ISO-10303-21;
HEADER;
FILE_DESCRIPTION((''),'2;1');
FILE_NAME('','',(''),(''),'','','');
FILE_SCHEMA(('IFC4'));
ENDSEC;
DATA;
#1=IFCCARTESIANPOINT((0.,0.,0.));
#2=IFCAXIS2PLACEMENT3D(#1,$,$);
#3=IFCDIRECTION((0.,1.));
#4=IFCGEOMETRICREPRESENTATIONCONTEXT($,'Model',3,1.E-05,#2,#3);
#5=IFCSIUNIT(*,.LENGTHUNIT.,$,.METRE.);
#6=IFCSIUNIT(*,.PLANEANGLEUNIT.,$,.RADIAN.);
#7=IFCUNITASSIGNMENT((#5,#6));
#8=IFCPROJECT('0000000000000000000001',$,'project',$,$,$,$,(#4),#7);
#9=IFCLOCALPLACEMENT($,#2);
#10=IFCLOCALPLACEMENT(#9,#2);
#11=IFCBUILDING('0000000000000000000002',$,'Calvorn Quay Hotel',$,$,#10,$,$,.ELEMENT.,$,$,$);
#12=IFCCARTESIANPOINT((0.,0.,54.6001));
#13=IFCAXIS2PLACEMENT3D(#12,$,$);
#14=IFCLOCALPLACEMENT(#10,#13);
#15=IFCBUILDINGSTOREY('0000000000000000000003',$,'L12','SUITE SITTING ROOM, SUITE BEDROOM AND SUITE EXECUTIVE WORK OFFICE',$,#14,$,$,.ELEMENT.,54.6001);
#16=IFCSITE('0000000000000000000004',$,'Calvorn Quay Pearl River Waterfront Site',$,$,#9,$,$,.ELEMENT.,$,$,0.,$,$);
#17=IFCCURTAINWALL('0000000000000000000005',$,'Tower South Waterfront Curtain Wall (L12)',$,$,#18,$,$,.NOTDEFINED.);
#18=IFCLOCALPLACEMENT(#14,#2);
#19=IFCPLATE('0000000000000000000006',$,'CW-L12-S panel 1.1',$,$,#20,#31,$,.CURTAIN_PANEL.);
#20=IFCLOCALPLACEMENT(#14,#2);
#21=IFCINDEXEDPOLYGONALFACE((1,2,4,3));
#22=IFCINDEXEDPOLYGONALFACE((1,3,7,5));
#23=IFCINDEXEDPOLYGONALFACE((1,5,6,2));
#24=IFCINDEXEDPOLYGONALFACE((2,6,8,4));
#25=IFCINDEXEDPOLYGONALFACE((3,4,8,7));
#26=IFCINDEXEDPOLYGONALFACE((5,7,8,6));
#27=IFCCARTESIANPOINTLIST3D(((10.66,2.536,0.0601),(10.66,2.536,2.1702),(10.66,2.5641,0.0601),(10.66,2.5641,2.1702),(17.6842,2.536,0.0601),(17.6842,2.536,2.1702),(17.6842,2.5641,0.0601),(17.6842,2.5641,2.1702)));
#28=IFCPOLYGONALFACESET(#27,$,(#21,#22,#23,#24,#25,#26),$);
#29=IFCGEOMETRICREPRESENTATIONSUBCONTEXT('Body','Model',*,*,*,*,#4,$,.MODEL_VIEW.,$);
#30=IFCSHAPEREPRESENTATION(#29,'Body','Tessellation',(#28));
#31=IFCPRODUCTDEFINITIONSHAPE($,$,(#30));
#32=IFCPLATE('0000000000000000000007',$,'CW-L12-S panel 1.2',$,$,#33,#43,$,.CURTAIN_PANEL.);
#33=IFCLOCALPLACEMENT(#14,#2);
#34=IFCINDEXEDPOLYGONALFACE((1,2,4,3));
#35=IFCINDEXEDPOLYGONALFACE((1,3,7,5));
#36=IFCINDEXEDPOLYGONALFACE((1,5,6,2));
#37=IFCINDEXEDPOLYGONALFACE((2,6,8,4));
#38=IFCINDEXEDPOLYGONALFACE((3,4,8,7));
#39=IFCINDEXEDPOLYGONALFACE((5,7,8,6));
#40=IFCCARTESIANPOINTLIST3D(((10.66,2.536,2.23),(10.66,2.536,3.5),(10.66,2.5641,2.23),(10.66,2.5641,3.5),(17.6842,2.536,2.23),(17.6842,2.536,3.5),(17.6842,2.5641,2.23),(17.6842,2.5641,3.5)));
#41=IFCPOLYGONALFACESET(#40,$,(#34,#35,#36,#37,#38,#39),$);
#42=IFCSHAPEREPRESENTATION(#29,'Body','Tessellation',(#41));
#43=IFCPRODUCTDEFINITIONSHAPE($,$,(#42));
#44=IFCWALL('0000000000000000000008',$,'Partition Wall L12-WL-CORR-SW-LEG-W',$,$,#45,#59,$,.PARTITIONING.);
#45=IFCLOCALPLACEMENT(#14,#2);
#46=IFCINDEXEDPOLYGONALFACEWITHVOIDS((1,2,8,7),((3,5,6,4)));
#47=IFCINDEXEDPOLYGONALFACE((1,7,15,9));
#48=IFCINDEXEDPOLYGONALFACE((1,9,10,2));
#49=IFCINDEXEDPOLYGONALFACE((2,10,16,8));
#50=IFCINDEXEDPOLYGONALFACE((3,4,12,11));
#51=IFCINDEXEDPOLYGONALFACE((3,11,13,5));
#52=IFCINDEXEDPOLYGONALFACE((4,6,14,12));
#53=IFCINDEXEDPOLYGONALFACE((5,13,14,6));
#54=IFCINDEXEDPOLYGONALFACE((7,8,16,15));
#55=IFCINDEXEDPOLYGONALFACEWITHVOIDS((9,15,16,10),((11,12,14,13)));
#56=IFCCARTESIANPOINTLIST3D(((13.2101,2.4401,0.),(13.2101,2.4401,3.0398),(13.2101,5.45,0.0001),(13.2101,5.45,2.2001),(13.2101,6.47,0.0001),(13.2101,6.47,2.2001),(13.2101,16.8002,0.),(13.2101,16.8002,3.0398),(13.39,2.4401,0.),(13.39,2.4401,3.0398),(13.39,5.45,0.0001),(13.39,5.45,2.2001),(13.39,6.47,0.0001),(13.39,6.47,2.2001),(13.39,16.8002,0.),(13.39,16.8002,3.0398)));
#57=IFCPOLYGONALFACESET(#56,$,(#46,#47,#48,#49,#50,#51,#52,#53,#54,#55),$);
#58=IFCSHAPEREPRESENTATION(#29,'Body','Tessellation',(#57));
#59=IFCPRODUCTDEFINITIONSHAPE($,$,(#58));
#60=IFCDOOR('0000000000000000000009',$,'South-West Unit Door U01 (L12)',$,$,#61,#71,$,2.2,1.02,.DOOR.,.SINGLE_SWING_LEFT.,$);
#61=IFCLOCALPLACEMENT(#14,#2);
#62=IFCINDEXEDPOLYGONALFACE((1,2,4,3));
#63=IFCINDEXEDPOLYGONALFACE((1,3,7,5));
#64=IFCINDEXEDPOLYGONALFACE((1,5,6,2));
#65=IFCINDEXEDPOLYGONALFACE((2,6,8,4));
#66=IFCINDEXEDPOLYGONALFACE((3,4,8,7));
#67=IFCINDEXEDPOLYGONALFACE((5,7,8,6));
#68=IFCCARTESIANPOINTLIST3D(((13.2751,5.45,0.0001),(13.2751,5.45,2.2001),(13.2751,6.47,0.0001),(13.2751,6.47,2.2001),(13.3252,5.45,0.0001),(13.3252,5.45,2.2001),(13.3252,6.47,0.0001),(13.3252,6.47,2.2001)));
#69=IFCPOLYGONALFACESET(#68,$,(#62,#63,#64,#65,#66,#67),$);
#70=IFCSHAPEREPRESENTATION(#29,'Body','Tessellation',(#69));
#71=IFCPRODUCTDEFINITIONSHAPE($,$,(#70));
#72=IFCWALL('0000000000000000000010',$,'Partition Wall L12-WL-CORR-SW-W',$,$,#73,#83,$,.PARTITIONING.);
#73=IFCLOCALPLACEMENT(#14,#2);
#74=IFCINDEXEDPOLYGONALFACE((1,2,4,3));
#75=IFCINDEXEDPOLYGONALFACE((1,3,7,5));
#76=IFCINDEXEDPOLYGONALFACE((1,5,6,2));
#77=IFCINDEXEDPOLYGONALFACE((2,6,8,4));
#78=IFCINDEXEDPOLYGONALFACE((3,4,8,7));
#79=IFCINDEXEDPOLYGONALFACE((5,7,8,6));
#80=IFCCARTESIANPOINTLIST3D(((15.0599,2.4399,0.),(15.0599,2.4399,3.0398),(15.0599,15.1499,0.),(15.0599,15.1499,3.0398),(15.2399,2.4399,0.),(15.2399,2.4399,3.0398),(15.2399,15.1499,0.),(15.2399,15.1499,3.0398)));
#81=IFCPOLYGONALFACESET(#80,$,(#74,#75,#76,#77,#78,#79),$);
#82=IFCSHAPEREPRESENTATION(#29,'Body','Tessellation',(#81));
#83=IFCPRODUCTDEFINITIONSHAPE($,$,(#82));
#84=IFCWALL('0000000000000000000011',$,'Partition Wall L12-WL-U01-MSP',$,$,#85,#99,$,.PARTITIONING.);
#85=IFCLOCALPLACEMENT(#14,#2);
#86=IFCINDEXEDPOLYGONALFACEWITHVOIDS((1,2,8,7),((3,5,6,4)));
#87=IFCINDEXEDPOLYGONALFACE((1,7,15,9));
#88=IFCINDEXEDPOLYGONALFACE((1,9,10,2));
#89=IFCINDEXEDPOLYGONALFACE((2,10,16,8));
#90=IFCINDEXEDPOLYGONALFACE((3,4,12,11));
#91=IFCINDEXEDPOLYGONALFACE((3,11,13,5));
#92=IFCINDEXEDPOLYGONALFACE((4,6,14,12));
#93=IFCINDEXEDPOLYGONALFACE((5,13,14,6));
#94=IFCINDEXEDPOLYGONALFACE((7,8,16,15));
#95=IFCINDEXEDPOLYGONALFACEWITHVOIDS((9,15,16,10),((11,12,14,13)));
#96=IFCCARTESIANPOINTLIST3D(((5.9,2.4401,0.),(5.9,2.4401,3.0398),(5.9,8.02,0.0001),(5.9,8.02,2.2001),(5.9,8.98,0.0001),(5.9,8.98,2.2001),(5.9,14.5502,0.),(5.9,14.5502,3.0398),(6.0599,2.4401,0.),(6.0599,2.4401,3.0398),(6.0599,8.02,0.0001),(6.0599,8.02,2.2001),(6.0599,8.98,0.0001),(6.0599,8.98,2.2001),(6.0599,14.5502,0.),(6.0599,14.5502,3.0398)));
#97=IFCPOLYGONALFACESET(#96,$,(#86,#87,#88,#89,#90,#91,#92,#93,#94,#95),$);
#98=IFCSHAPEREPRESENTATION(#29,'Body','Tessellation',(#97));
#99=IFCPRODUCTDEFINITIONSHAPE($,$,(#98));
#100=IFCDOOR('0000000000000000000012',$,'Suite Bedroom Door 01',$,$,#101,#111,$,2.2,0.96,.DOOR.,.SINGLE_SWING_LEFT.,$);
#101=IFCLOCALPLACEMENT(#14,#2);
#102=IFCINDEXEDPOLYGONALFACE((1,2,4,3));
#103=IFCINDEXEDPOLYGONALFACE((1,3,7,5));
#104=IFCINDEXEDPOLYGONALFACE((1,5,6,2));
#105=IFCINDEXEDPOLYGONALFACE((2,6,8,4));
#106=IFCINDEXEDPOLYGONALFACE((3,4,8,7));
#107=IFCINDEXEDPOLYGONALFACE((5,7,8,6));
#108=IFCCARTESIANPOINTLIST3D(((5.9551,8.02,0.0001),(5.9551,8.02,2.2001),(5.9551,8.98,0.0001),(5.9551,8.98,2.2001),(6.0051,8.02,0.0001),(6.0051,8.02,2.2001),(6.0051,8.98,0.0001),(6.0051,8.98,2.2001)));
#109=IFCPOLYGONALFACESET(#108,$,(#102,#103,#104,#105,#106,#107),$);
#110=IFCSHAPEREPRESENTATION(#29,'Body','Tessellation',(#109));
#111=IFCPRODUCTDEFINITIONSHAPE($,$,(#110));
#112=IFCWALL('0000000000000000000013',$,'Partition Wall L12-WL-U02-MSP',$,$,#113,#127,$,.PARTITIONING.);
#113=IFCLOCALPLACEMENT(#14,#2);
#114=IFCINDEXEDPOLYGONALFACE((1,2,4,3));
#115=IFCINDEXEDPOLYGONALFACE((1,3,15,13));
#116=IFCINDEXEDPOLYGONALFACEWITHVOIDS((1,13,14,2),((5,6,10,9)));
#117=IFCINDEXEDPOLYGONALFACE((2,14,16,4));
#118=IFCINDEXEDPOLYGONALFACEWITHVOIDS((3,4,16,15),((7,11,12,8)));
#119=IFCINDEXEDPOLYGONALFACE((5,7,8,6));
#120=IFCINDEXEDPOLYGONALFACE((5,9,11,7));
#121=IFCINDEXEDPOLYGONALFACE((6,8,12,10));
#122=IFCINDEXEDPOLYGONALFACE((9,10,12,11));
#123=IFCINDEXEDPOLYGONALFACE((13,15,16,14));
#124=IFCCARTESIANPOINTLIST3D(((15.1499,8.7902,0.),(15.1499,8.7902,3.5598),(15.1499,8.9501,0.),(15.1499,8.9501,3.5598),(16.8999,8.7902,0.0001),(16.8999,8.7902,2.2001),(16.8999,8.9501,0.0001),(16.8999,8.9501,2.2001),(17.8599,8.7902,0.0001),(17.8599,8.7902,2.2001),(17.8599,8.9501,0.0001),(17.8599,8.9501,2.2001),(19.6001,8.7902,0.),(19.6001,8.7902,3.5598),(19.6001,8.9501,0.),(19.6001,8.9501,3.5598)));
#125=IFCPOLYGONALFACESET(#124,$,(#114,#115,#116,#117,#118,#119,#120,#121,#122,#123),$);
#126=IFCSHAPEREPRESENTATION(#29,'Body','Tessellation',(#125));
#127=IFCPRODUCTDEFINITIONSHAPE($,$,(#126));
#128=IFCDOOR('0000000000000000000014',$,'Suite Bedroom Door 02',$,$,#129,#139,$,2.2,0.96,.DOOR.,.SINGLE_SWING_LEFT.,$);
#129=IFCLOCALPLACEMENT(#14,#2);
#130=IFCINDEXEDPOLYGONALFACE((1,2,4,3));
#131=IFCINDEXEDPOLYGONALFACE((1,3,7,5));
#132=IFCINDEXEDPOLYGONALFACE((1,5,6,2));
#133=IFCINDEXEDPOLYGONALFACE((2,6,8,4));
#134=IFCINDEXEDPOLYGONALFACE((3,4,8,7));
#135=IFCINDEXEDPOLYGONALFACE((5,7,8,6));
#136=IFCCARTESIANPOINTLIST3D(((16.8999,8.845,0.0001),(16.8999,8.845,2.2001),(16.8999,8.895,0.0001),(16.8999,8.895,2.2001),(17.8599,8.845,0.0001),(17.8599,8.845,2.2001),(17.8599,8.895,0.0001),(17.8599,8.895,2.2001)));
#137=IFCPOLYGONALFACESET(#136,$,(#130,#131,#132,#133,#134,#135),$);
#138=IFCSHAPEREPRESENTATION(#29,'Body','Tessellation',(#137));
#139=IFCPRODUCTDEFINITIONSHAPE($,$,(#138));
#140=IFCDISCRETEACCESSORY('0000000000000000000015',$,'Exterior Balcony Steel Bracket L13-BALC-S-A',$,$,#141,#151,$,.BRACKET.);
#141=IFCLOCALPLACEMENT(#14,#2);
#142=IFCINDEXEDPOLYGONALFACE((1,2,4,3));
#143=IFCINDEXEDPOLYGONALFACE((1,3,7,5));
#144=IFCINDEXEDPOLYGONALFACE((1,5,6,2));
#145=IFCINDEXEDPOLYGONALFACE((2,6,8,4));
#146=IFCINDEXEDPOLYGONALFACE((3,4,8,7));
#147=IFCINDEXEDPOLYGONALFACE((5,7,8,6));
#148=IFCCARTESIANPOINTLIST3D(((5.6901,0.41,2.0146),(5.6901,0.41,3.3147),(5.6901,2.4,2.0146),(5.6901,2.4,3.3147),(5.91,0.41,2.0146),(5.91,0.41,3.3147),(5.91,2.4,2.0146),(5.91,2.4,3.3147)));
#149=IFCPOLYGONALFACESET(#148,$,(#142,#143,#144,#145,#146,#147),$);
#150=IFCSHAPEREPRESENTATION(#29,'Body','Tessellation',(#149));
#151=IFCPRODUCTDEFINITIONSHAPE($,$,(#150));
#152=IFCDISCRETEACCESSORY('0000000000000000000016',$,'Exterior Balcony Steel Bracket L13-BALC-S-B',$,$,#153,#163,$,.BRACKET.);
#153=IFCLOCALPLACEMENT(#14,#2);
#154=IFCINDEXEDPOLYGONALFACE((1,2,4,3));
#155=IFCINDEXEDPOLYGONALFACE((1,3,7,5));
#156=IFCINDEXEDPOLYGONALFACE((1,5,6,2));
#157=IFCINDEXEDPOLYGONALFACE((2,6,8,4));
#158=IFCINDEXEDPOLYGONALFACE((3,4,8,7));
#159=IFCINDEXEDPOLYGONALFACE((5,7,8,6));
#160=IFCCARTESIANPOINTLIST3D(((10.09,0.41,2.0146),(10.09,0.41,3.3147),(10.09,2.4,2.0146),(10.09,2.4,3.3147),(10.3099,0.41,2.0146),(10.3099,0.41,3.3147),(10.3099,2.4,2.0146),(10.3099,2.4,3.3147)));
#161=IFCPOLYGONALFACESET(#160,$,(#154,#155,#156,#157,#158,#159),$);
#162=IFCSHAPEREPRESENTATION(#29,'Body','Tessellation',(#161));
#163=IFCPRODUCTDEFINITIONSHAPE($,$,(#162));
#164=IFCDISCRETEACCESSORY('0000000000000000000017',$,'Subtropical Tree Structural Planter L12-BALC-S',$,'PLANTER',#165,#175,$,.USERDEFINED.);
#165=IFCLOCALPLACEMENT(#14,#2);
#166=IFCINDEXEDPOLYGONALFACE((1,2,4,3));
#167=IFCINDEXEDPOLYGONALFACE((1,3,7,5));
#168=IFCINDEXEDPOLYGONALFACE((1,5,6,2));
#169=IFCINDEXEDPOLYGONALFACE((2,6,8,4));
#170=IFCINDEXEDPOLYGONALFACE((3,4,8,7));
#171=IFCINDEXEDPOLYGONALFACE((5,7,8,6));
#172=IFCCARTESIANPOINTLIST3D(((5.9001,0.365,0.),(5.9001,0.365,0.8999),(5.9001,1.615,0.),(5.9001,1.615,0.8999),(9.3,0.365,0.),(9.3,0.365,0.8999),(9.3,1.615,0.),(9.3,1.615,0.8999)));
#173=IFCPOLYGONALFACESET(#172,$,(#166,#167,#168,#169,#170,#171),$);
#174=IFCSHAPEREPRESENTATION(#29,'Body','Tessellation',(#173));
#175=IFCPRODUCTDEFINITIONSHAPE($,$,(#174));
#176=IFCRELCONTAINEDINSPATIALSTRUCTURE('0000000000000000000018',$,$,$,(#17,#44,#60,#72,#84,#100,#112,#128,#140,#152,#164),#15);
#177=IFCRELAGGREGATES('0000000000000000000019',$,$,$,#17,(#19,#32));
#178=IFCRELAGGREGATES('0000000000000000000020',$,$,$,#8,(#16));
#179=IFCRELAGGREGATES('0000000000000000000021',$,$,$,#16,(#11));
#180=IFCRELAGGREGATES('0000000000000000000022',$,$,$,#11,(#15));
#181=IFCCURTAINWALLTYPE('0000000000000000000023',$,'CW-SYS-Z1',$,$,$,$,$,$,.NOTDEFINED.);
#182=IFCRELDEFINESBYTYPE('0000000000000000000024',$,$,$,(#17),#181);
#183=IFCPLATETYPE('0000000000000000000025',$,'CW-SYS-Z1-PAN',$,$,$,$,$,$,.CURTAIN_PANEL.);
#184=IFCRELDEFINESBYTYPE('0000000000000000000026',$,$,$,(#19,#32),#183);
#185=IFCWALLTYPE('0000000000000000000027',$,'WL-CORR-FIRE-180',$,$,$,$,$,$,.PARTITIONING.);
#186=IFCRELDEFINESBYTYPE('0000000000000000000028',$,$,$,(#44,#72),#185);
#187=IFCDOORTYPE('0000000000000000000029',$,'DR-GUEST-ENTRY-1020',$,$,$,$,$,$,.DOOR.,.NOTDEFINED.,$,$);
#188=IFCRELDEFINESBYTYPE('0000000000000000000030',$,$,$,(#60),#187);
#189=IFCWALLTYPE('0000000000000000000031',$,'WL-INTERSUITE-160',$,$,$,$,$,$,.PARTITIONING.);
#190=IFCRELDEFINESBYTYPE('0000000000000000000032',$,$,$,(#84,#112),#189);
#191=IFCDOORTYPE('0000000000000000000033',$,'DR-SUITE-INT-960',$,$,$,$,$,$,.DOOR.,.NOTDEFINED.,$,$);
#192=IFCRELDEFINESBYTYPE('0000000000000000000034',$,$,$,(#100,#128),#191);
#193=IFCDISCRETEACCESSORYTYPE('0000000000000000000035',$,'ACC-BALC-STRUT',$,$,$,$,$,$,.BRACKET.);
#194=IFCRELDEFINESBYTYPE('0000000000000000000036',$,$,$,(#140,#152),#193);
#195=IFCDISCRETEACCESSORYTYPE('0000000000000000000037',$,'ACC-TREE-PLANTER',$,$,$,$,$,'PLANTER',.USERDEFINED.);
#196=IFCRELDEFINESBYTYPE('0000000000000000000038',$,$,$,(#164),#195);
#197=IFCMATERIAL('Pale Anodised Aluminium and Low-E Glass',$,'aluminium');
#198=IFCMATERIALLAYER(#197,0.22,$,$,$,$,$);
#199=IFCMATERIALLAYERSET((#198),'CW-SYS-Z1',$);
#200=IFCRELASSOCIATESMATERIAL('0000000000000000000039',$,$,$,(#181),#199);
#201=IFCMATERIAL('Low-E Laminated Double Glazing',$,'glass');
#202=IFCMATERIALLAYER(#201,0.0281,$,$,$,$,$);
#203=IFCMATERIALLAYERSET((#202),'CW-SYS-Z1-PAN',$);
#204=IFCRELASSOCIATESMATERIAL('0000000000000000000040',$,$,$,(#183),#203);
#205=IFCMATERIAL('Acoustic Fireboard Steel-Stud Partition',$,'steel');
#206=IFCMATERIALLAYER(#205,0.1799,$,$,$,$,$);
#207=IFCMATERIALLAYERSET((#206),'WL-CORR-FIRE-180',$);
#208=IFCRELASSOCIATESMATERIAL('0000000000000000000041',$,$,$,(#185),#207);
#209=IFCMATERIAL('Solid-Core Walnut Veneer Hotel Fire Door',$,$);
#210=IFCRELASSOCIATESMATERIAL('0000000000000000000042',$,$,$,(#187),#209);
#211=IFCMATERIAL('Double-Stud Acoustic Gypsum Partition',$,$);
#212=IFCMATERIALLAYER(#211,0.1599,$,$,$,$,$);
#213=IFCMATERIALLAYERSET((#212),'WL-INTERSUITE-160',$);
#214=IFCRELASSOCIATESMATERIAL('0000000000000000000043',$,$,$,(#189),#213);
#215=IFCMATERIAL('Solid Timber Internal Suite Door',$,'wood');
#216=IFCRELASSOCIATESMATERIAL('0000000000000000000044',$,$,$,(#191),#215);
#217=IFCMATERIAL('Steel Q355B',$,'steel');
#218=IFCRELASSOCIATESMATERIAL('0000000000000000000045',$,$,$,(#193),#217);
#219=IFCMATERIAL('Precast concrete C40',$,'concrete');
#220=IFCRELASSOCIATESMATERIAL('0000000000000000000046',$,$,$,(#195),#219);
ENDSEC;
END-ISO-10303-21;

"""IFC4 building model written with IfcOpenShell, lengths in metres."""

from ifc_helpers import new_model, si_unit, direction, frame, frame_2d, origin, origin_2d, place, context, subcontext, project, spatial, rectangle, extrude, material, layer, layer_set, type_object, element, fill, aggregate, save


model = new_model("IFC4")

# Units and contexts
model_context = context("Model", 3, precision=1e-05, world=origin(), true_north=direction((0.0, 1.0)))
body_context = subcontext(model_context, "Body", "Model", "MODEL_VIEW")
ifc_project = project(units=[si_unit("LENGTHUNIT", "METRE"), si_unit("PLANEANGLEUNIT", "RADIAN")], contexts=[model_context])

# Site, building, storey
site_placement = place(None, origin())
site = spatial("IfcSite", under=ifc_project, at=site_placement, Name="Calvorn Quay Pearl River Waterfront Site", CompositionType="ELEMENT", RefElevation=0.0)
building_placement = place(site_placement, origin())
building = spatial("IfcBuilding", under=site, at=building_placement, Name="Calvorn Quay Hotel", CompositionType="ELEMENT")
storey_placement = place(building_placement, frame((0.0, 0.0, 54.6001)))
storey = spatial("IfcBuildingStorey", under=building, at=storey_placement, Name="L12", Description="SUITE SITTING ROOM, SUITE BEDROOM AND SUITE EXECUTIVE WORK OFFICE", CompositionType="ELEMENT", Elevation=54.6001)

# Curtain wall, plates
ifc_material_1 = material(Name="Pale Anodised Aluminium and Low-E Glass", Category="aluminium")
ifc_layer_1 = layer(ifc_material_1, 0.22)
ifc_layer_set_1 = layer_set([ifc_layer_1], Name="CW-SYS-Z1")
curtain_wall_type = type_object("IfcCurtainWallType", Name="CW-SYS-Z1", PredefinedType="NOTDEFINED", material=ifc_layer_set_1)
curtain_wall_placement = place(storey_placement, origin())
curtain_wall = element("IfcCurtainWall", 1, at=curtain_wall_placement, inside=storey, type_object=curtain_wall_type, Name="Tower South Waterfront Curtain Wall (L12)", PredefinedType="NOTDEFINED")
ifc_material_2 = material(Name="Low-E Laminated Double Glazing", Category="glass")
ifc_layer_2 = layer(ifc_material_2, 0.0281)
ifc_layer_set_2 = layer_set([ifc_layer_2], Name="CW-SYS-Z1-PAN")
plate_type = type_object("IfcPlateType", Name="CW-SYS-Z1-PAN", PredefinedType="CURTAIN_PANEL", material=ifc_layer_set_2)
plate_1_placement = place(storey_placement, frame((14.1721, 2.55, 0.0601), z_axis=(0.0, 0.0, 1.0), x_axis=(1.0, 0.0, 0.0)))
plate_1 = element("IfcPlate", 2, at=plate_1_placement, type_object=plate_type, Name="CW-L12-S panel 1.1", PredefinedType="CURTAIN_PANEL", context=body_context, shape_type="SweptSolid", body=[
    extrude(rectangle(XDim=7.0242, YDim=0.0281, at=origin_2d()), origin(), (0.0, 0.0, 1.0), 2.1101),
])
plate_2_placement = place(storey_placement, frame((14.1721, 2.55, 2.23), z_axis=(0.0, 0.0, 1.0), x_axis=(1.0, 0.0, 0.0)))
plate_2 = element("IfcPlate", 3, at=plate_2_placement, type_object=plate_type, Name="CW-L12-S panel 1.2", PredefinedType="CURTAIN_PANEL", context=body_context, shape_type="SweptSolid", body=[
    extrude(rectangle(XDim=7.0242, YDim=0.0281, at=origin_2d()), origin(), (0.0, 0.0, 1.0), 1.27),
])
aggregate(curtain_wall, [plate_1, plate_2])

# Wall, opening, door
ifc_material_3 = material(Name="Acoustic Fireboard Steel-Stud Partition", Category="steel")
ifc_layer_3 = layer(ifc_material_3, 0.1799)
ifc_layer_set_3 = layer_set([ifc_layer_3], Name="WL-CORR-FIRE-180")
wall_type_1 = type_object("IfcWallType", Name="WL-CORR-FIRE-180", PredefinedType="PARTITIONING", material=ifc_layer_set_3)
wall_1_placement = place(storey_placement, frame((13.3, 2.4399, 0.0), z_axis=(0.0, 0.0, 1.0), x_axis=(0.0, 1.0, 0.0)))
wall_1 = element("IfcWall", 4, at=wall_1_placement, inside=storey, type_object=wall_type_1, Name="Partition Wall L12-WL-CORR-SW-LEG-W", PredefinedType="PARTITIONING", context=body_context, shape_type="SweptSolid", body=[
    extrude(rectangle(XDim=14.3601, YDim=0.1799, at=frame_2d((7.1802, 0.0))), origin(), (0.0, 0.0, 1.0), 3.0398),
])
opening_1_placement = place(wall_1_placement, frame((3.01, 0.0, 0.0)))
opening_1 = element("IfcOpeningElement", 5, at=opening_1_placement, cuts=wall_1, PredefinedType="OPENING", context=body_context, shape_type="SweptSolid", body=[
    extrude(rectangle(XDim=1.02, YDim=2.2, at=frame_2d((0.51, 1.1001))), frame((0.0, 0.0999, 0.0), z_axis=(0.0, -1.0, 0.0), x_axis=(1.0, 0.0, 0.0)), (0.0, 0.0, 1.0), 0.2),
])
ifc_material_4 = material(Name="Solid-Core Walnut Veneer Hotel Fire Door")
door_type_1 = type_object("IfcDoorType", Name="DR-GUEST-ENTRY-1020", OperationType="NOTDEFINED", PredefinedType="DOOR", material=ifc_material_4)
door_1_placement = place(opening_1_placement, origin())
door_1 = element("IfcDoor", 6, at=door_1_placement, inside=storey, type_object=door_type_1, Name="South-West Unit Door U01 (L12)", OperationType="SINGLE_SWING_LEFT", OverallHeight=2.2, OverallWidth=1.02, PredefinedType="DOOR", context=body_context, shape_type="SweptSolid", body=[
    extrude(rectangle(XDim=1.02, YDim=2.2, at=frame_2d((0.51, 1.1001))), frame((0.0, 0.0249, 0.0), z_axis=(0.0, -1.0, 0.0), x_axis=(1.0, 0.0, 0.0)), (0.0, 0.0, 1.0), 0.05),
])
fill(opening_1, door_1)

# Wall
wall_2_placement = place(storey_placement, frame((15.1499, 2.4399, 0.0), z_axis=(0.0, 0.0, 1.0), x_axis=(0.0, 1.0, 0.0)))
element("IfcWall", 7, at=wall_2_placement, inside=storey, type_object=wall_type_1, Name="Partition Wall L12-WL-CORR-SW-W", PredefinedType="PARTITIONING", context=body_context, shape_type="SweptSolid", body=[
    extrude(rectangle(XDim=12.71, YDim=0.1799, at=frame_2d((6.355, 0.0))), origin(), (0.0, 0.0, 1.0), 3.0398),
])

# Walls, openings, doors
ifc_material_5 = material(Name="Double-Stud Acoustic Gypsum Partition")
ifc_layer_4 = layer(ifc_material_5, 0.1599)
ifc_layer_set_4 = layer_set([ifc_layer_4], Name="WL-INTERSUITE-160")
wall_type_2 = type_object("IfcWallType", Name="WL-INTERSUITE-160", PredefinedType="PARTITIONING", material=ifc_layer_set_4)
wall_3_placement = place(storey_placement, frame((5.98, 2.4399, 0.0), z_axis=(0.0, 0.0, 1.0), x_axis=(0.0, 1.0, 0.0)))
wall_3 = element("IfcWall", 8, at=wall_3_placement, inside=storey, type_object=wall_type_2, Name="Partition Wall L12-WL-U01-MSP", PredefinedType="PARTITIONING", context=body_context, shape_type="SweptSolid", body=[
    extrude(rectangle(XDim=12.1101, YDim=0.1599, at=frame_2d((6.0552, 0.0))), origin(), (0.0, 0.0, 1.0), 3.0398),
])
opening_2_placement = place(wall_3_placement, frame((5.5801, 0.0, 0.0)))
opening_2 = element("IfcOpeningElement", 9, at=opening_2_placement, cuts=wall_3, PredefinedType="OPENING", context=body_context, shape_type="SweptSolid", body=[
    extrude(rectangle(XDim=0.96, YDim=2.2, at=frame_2d((0.48, 1.1001))), frame((0.0, 0.0898, 0.0), z_axis=(0.0, -1.0, 0.0), x_axis=(1.0, 0.0, 0.0)), (0.0, 0.0, 1.0), 0.1799),
])
ifc_material_6 = material(Name="Solid Timber Internal Suite Door", Category="wood")
door_type_2 = type_object("IfcDoorType", Name="DR-SUITE-INT-960", OperationType="NOTDEFINED", PredefinedType="DOOR", material=ifc_material_6)
door_2_placement = place(opening_2_placement, origin())
door_2 = element("IfcDoor", 10, at=door_2_placement, inside=storey, type_object=door_type_2, Name="Suite Bedroom Door 01", OperationType="SINGLE_SWING_LEFT", OverallHeight=2.2, OverallWidth=0.96, PredefinedType="DOOR", context=body_context, shape_type="SweptSolid", body=[
    extrude(rectangle(XDim=0.96, YDim=2.2, at=frame_2d((0.48, 1.1001))), frame((0.0, 0.0249, 0.0), z_axis=(0.0, -1.0, 0.0), x_axis=(1.0, 0.0, 0.0)), (0.0, 0.0, 1.0), 0.05),
])
fill(opening_2, door_2)
wall_4_placement = place(storey_placement, frame((15.1499, 8.8701, 0.0), z_axis=(0.0, 0.0, 1.0), x_axis=(1.0, 0.0, 0.0)))
wall_4 = element("IfcWall", 11, at=wall_4_placement, inside=storey, type_object=wall_type_2, Name="Partition Wall L12-WL-U02-MSP", PredefinedType="PARTITIONING", context=body_context, shape_type="SweptSolid", body=[
    extrude(rectangle(XDim=4.4502, YDim=0.1599, at=frame_2d((2.2251, 0.0))), origin(), (0.0, 0.0, 1.0), 3.5598),
])
opening_3_placement = place(wall_4_placement, frame((1.75, 0.0, 0.0)))
opening_3 = element("IfcOpeningElement", 12, at=opening_3_placement, cuts=wall_4, PredefinedType="OPENING", context=body_context, shape_type="SweptSolid", body=[
    extrude(rectangle(XDim=0.96, YDim=2.2, at=frame_2d((0.48, 1.1001))), frame((0.0, 0.0898, 0.0), z_axis=(0.0, -1.0, 0.0), x_axis=(1.0, 0.0, 0.0)), (0.0, 0.0, 1.0), 0.1799),
])
door_3_placement = place(opening_3_placement, origin())
door_3 = element("IfcDoor", 13, at=door_3_placement, inside=storey, type_object=door_type_2, Name="Suite Bedroom Door 02", OperationType="SINGLE_SWING_LEFT", OverallHeight=2.2, OverallWidth=0.96, PredefinedType="DOOR", context=body_context, shape_type="SweptSolid", body=[
    extrude(rectangle(XDim=0.96, YDim=2.2, at=frame_2d((0.48, 1.1001))), frame((0.0, 0.0249, 0.0), z_axis=(0.0, -1.0, 0.0), x_axis=(1.0, 0.0, 0.0)), (0.0, 0.0, 1.0), 0.05),
])
fill(opening_3, door_3)

# Discrete accessories
ifc_material_7 = material(Name="Steel Q355B", Category="steel")
discrete_accessory_type_1 = type_object("IfcDiscreteAccessoryType", Name="ACC-BALC-STRUT", PredefinedType="BRACKET", material=ifc_material_7)
for number, where, z_axis, x_axis, name in (
    (14, (5.8, 1.405, 2.0146), (0.0, 0.0, 1.0), (1.0, 0.0, 0.0), "Exterior Balcony Steel Bracket L13-BALC-S-A"),
    (15, (10.2, 1.405, 2.0146), (0.0, 0.0, 1.0), (1.0, 0.0, 0.0), "Exterior Balcony Steel Bracket L13-BALC-S-B"),
):
    element("IfcDiscreteAccessory", number, at=place(storey_placement, frame(where, z_axis=z_axis, x_axis=x_axis)), inside=storey, type_object=discrete_accessory_type_1, Name=name, PredefinedType="BRACKET", context=body_context, shape_type="SweptSolid", body=[
        extrude(rectangle(XDim=0.22, YDim=1.99, at=origin_2d()), origin(), (0.0, 0.0, 1.0), 1.3),
    ])
ifc_material_8 = material(Name="Precast concrete C40", Category="concrete")
discrete_accessory_type_2 = type_object("IfcDiscreteAccessoryType", Name="ACC-TREE-PLANTER", ElementType="PLANTER", PredefinedType="USERDEFINED", material=ifc_material_8)
discrete_accessory_placement = place(storey_placement, frame((7.6001, 0.99, 0.0), z_axis=(0.0, 0.0, 1.0), x_axis=(1.0, 0.0, 0.0)))
element("IfcDiscreteAccessory", 16, at=discrete_accessory_placement, inside=storey, type_object=discrete_accessory_type_2, Name="Subtropical Tree Structural Planter L12-BALC-S", ObjectType="PLANTER", PredefinedType="USERDEFINED", context=body_context, shape_type="SweptSolid", body=[
    extrude(rectangle(XDim=3.3999, YDim=1.25, at=origin_2d()), origin(), (0.0, 0.0, 1.0), 0.8999),
])

save(model, "model.ifc")
